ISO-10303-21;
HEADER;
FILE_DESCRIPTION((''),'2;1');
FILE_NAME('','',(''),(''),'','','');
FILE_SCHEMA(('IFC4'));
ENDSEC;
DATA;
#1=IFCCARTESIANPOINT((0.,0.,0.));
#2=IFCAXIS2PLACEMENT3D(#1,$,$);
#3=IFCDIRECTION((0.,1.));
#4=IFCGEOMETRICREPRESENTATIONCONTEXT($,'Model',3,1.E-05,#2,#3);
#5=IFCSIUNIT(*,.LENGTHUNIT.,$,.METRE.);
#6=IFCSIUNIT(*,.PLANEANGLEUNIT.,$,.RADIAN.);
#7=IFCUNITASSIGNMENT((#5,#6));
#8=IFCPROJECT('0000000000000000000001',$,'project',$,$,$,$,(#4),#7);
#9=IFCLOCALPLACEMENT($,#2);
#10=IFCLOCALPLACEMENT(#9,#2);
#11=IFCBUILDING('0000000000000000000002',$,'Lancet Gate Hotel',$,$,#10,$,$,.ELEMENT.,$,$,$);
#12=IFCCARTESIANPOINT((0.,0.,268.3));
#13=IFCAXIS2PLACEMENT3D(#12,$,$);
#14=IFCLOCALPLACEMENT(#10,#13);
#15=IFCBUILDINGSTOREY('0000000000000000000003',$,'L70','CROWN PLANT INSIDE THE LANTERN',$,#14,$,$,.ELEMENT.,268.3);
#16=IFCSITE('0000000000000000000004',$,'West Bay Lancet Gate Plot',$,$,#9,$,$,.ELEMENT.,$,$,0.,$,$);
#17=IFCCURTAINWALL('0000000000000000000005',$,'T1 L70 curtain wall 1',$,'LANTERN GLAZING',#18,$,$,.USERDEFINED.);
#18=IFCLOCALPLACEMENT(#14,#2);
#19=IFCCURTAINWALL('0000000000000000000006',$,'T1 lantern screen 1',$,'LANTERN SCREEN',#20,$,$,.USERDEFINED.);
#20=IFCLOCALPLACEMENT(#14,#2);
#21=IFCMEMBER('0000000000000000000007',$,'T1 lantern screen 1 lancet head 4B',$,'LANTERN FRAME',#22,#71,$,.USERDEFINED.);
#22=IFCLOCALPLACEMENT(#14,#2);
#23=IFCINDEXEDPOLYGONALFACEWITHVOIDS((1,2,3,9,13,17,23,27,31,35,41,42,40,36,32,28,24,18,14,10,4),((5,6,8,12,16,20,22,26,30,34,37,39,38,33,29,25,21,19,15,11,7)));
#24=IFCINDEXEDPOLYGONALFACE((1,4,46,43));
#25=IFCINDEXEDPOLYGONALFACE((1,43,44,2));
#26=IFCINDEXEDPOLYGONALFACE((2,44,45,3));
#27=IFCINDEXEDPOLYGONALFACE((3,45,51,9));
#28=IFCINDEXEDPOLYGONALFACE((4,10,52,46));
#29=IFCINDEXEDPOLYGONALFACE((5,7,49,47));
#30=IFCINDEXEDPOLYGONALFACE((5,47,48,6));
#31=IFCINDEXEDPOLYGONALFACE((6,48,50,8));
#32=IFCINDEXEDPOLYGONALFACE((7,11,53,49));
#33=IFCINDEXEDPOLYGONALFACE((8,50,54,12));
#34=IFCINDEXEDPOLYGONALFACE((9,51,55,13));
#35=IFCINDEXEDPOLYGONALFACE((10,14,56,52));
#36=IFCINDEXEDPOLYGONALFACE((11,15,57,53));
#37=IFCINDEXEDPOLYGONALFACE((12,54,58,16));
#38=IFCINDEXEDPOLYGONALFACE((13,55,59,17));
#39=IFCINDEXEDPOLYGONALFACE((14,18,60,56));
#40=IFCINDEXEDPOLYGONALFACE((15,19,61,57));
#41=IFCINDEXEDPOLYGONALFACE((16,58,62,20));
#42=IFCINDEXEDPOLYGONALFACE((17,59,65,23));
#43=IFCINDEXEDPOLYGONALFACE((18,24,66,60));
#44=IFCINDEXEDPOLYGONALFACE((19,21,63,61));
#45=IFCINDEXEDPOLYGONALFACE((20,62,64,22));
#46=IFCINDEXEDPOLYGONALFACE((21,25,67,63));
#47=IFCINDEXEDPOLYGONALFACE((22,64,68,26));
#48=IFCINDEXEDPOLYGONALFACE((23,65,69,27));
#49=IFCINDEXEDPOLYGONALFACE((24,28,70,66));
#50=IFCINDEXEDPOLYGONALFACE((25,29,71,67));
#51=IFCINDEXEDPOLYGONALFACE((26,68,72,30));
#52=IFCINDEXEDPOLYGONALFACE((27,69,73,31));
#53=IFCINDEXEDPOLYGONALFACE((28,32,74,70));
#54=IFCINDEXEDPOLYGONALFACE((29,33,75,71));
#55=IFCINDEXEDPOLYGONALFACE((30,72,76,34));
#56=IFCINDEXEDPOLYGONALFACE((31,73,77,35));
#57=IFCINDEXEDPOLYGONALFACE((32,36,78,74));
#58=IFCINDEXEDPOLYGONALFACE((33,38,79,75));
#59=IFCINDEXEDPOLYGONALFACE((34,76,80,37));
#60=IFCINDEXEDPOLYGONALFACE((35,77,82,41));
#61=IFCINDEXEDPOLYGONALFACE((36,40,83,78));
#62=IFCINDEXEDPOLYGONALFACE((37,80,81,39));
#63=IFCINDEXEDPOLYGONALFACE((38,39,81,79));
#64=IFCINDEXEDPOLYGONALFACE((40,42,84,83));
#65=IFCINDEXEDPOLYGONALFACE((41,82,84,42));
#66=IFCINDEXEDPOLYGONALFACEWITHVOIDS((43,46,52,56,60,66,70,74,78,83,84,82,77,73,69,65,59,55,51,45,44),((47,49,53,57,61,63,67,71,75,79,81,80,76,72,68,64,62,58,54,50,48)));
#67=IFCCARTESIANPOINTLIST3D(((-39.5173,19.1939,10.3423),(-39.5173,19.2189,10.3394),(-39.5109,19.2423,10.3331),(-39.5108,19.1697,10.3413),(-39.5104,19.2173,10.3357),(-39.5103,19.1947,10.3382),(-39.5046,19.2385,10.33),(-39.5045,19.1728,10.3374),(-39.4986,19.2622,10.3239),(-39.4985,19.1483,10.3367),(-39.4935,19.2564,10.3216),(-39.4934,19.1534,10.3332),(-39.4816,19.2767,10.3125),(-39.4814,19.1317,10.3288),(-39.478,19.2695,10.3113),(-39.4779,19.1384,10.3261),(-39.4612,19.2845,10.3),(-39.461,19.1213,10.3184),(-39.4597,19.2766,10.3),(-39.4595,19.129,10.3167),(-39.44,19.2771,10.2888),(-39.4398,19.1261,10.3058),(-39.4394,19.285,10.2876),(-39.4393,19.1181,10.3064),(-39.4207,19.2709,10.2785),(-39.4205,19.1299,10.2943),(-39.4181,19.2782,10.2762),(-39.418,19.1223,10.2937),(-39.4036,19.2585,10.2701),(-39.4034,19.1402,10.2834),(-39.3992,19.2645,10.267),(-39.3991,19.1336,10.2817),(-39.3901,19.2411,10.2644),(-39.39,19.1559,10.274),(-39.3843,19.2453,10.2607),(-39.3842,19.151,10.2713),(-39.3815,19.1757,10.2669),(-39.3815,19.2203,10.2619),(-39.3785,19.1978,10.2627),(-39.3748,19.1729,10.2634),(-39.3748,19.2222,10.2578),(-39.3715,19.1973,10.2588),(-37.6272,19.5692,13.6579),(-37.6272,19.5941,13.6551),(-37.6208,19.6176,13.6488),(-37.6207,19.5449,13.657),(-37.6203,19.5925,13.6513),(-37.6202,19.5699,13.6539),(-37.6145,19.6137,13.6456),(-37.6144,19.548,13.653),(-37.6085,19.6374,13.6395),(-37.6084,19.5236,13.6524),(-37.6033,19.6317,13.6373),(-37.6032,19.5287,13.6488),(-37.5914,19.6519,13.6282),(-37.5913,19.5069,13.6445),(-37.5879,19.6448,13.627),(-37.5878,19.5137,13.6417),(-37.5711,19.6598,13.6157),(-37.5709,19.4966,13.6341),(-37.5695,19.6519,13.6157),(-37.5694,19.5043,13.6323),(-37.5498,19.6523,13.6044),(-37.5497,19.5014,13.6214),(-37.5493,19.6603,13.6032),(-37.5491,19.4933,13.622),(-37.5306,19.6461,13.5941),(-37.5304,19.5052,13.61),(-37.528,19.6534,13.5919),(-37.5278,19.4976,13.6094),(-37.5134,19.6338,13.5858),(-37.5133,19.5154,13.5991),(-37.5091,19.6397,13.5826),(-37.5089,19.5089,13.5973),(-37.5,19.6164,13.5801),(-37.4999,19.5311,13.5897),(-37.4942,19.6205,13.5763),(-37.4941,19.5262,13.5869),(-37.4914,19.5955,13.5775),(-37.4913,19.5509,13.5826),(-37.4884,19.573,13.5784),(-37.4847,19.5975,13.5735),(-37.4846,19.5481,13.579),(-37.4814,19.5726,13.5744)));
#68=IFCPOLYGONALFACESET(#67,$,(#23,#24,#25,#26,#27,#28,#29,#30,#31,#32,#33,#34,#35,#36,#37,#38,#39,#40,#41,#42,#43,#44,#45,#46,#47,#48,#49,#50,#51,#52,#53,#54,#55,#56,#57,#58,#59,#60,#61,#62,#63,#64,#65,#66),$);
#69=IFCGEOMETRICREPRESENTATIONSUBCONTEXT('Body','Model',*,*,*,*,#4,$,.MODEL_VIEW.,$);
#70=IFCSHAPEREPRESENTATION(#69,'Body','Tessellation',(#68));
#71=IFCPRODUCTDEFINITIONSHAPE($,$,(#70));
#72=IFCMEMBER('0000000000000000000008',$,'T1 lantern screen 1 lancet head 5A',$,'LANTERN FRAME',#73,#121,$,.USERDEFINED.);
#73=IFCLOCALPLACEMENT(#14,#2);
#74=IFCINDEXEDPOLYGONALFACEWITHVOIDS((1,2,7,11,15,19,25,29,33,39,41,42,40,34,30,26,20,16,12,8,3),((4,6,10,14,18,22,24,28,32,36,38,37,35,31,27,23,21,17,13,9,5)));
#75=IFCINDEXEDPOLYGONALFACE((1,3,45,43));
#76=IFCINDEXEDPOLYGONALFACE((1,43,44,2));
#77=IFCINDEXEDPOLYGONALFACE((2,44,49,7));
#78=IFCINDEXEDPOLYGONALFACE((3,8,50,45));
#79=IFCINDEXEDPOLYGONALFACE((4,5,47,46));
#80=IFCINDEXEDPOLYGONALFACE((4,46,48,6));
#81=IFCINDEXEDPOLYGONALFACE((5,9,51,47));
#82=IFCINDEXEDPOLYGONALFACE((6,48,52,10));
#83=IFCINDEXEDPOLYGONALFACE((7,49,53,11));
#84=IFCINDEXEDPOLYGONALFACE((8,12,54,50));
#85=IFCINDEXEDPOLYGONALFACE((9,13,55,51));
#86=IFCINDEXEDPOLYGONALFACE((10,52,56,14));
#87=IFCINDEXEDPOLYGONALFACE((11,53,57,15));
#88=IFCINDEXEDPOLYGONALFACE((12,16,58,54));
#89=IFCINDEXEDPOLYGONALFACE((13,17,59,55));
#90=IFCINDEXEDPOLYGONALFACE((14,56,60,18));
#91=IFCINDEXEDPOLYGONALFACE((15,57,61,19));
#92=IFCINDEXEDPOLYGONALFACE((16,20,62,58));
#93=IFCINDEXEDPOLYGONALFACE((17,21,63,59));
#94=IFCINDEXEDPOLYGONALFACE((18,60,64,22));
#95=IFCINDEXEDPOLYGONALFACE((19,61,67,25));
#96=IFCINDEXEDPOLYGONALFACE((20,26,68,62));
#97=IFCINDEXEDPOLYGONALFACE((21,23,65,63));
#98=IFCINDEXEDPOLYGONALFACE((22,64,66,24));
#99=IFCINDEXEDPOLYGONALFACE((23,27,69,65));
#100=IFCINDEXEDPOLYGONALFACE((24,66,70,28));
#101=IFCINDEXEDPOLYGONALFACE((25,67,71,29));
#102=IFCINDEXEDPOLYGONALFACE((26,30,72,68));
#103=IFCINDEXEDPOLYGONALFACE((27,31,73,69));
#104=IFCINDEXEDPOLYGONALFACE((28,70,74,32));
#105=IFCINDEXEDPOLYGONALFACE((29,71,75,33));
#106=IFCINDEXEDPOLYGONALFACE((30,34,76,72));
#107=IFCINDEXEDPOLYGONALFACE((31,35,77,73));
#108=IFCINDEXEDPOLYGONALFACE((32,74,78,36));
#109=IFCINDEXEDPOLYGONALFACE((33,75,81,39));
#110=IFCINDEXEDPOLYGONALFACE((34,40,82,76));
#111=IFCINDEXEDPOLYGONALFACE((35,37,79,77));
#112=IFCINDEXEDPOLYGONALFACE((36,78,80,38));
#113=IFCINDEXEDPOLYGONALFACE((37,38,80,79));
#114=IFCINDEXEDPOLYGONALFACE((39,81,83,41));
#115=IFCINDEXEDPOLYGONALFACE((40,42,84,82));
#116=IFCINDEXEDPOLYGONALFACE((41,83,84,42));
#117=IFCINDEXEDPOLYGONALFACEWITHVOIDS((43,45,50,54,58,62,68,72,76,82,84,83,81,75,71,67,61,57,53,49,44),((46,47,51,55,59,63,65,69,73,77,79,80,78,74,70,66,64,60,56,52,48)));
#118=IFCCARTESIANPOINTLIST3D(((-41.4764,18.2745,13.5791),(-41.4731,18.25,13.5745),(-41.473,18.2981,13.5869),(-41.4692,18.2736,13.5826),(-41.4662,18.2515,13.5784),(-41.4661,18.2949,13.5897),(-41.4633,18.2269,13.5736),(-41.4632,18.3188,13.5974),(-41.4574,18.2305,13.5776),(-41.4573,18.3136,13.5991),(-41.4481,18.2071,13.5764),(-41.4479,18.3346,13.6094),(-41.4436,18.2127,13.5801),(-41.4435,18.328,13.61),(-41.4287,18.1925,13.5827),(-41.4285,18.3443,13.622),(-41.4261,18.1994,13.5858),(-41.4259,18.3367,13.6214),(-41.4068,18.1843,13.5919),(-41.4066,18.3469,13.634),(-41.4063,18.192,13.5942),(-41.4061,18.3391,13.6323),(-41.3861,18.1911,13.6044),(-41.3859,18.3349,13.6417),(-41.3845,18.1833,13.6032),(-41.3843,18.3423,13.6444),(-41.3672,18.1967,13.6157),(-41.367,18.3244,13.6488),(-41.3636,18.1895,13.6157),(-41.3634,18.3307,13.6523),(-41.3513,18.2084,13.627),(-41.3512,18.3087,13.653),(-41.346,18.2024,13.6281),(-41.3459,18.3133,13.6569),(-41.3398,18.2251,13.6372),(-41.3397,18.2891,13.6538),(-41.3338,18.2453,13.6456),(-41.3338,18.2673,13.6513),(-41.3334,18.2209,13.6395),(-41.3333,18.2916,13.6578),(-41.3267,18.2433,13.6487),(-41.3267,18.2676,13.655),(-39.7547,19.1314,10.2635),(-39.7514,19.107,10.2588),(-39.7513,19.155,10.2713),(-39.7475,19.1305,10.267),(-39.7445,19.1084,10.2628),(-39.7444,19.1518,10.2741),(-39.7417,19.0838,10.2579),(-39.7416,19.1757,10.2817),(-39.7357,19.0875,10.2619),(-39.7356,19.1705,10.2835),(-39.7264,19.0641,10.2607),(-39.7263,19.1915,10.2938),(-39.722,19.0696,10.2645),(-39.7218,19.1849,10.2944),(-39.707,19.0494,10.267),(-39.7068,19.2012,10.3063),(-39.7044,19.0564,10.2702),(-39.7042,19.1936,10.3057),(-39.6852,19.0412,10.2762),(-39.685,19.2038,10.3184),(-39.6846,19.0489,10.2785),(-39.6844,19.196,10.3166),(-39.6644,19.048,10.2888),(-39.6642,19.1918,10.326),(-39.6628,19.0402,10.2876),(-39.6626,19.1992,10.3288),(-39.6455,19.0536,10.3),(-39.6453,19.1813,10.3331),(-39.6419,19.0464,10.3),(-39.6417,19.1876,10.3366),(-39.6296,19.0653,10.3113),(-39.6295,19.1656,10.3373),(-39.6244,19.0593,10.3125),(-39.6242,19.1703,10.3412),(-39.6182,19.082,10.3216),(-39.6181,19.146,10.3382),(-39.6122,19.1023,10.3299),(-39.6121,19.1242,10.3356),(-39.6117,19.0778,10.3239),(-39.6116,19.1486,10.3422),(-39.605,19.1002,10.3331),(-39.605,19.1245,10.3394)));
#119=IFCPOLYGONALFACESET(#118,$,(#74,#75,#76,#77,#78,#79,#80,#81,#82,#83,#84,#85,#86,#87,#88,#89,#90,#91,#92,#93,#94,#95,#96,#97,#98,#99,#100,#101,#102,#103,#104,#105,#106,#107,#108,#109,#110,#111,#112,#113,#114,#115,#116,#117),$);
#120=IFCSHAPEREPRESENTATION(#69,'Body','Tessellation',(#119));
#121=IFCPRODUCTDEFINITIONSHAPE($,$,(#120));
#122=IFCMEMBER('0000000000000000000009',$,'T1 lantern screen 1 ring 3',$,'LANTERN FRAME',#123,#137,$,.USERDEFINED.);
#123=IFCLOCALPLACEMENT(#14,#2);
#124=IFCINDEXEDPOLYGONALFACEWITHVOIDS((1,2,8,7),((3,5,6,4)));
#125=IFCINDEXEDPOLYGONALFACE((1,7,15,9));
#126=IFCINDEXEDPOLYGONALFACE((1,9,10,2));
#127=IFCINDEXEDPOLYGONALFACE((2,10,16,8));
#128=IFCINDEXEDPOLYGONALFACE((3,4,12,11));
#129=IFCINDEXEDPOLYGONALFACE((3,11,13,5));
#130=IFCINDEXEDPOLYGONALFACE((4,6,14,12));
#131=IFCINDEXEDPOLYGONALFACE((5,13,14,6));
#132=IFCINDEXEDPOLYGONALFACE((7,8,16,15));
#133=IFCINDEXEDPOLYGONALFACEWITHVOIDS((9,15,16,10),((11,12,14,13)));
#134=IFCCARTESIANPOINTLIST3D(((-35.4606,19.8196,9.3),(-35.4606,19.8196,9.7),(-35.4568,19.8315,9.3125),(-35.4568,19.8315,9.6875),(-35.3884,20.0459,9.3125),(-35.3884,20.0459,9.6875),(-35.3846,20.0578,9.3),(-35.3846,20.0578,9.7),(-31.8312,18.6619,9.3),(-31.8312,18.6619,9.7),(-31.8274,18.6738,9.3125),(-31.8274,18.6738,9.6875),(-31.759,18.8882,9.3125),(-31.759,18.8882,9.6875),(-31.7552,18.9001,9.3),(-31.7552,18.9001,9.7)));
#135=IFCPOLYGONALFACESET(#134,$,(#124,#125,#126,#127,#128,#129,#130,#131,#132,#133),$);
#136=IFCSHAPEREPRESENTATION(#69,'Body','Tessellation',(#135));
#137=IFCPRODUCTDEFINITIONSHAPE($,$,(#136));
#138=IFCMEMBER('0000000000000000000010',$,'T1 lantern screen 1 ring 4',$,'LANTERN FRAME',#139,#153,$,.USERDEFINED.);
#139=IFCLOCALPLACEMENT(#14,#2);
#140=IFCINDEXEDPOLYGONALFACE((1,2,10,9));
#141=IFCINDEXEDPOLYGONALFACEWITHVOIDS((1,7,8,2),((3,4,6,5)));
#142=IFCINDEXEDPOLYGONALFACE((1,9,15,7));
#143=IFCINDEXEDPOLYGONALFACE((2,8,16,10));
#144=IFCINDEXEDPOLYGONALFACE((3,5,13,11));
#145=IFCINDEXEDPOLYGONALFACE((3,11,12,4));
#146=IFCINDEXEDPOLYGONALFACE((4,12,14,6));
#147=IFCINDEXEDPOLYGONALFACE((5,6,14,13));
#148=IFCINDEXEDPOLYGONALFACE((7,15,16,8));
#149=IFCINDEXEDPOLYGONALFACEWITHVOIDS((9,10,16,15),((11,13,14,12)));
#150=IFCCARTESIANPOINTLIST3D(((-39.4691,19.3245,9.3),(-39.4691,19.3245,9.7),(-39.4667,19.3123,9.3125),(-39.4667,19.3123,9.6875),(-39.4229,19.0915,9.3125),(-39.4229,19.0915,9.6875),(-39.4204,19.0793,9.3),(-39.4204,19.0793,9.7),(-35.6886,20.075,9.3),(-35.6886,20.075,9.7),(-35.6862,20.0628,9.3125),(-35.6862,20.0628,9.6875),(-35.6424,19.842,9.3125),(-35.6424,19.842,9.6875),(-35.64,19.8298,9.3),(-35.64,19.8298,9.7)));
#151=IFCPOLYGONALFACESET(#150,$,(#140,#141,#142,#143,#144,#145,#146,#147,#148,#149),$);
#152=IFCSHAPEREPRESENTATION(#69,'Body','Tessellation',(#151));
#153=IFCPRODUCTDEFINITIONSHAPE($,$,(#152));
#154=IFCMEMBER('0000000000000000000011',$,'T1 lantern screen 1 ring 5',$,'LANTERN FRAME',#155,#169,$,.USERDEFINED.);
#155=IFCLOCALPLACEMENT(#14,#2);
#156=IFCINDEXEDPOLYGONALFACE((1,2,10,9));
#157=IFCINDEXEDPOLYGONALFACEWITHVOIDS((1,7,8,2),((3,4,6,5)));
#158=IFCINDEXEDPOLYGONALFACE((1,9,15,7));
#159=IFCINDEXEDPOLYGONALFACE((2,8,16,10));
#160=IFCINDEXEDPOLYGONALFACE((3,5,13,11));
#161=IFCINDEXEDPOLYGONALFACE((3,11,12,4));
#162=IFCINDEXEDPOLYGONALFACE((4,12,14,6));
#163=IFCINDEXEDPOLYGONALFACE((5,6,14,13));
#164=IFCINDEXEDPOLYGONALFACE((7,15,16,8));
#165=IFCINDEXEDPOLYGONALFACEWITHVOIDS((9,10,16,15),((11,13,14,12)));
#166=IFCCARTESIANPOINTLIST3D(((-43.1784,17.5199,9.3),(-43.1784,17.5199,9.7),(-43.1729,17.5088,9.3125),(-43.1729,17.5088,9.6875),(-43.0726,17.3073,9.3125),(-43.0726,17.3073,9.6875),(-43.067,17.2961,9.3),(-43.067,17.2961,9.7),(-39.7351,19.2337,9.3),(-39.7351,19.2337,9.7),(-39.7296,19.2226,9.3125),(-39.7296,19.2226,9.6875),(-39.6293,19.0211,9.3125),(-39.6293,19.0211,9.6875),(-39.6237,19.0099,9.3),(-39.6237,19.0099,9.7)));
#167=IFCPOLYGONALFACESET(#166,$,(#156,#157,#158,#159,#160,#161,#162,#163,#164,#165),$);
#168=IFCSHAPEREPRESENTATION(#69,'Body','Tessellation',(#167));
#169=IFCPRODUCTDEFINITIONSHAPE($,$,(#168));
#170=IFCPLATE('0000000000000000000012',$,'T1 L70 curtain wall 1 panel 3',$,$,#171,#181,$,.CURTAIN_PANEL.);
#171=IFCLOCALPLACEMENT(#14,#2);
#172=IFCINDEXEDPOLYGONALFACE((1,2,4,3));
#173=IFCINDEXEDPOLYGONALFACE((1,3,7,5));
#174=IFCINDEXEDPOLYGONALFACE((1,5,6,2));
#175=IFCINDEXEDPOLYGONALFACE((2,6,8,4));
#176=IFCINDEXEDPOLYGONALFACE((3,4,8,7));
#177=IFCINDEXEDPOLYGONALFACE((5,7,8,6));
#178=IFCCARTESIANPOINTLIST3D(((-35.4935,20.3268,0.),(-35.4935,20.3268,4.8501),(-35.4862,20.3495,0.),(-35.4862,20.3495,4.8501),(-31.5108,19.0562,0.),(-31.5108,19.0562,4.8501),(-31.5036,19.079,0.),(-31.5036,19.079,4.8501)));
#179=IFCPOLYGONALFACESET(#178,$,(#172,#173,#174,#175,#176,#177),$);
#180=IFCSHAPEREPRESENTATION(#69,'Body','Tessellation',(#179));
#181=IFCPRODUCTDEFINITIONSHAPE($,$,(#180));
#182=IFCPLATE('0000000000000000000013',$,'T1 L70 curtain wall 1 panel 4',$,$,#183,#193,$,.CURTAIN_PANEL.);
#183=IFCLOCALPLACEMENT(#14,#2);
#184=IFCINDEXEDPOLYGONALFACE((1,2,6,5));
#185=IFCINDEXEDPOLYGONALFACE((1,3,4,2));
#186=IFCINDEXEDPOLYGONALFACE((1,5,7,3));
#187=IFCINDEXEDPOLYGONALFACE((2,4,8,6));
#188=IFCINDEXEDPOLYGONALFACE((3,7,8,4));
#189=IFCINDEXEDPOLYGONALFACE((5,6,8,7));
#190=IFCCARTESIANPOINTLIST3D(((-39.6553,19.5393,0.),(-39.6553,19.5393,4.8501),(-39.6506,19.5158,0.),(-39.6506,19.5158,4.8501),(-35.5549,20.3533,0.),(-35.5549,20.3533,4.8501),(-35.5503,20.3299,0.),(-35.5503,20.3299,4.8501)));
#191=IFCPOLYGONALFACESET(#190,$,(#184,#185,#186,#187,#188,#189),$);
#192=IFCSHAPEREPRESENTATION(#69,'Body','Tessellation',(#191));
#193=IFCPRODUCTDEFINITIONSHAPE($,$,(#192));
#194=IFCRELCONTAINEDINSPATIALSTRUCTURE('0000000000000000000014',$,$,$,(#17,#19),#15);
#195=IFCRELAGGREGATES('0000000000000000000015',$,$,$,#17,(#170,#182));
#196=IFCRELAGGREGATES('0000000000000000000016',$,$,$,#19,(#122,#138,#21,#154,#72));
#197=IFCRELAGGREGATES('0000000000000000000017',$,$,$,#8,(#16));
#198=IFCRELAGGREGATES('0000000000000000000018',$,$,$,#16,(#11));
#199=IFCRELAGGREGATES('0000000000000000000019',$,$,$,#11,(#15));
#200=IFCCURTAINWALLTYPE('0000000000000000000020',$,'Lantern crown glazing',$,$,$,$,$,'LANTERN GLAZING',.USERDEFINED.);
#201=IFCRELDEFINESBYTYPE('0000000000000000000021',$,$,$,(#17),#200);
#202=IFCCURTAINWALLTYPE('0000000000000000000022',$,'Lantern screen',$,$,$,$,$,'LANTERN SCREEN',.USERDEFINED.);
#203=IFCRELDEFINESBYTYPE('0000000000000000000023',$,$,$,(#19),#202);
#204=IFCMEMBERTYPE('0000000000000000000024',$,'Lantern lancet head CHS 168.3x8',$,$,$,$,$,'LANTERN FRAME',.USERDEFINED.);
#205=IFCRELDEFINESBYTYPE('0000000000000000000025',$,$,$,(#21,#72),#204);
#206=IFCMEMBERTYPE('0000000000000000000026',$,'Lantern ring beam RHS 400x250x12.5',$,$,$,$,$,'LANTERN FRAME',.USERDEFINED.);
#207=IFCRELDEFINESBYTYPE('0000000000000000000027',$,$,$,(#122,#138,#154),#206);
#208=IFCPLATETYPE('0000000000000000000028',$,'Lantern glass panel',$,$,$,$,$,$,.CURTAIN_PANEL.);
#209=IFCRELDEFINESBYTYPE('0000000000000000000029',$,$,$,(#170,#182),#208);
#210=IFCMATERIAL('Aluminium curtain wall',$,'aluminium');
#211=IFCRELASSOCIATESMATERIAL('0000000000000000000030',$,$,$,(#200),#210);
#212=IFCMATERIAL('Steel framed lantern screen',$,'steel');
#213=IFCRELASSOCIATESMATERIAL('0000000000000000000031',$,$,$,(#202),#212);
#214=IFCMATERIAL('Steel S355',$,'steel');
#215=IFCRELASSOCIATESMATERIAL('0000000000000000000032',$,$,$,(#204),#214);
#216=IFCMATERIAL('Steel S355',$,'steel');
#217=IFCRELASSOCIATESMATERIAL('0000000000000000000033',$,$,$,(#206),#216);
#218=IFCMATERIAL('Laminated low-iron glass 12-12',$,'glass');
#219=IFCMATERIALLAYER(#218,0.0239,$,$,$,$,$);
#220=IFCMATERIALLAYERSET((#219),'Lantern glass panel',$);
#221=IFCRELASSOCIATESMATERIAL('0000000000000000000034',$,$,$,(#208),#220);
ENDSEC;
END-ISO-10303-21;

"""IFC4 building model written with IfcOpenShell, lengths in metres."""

from ifc_helpers import new_model, si_unit, direction, frame, origin, origin_2d, place, context, subcontext, project, spatial, rectangle, hollow_rectangle, hollow_circle, extrude, material, layer, layer_set, material_profile, profile_set, type_object, element, aggregate, save


model = new_model("IFC4")

# Units and contexts
model_context = context("Model", 3, precision=1e-05, world=origin(), true_north=direction((0.0, 1.0)))
body_context = subcontext(model_context, "Body", "Model", "MODEL_VIEW")
ifc_project = project(units=[si_unit("LENGTHUNIT", "METRE"), si_unit("PLANEANGLEUNIT", "RADIAN")], contexts=[model_context])

# Site, building, storey
site_placement = place(None, origin())
site = spatial("IfcSite", under=ifc_project, at=site_placement, Name="West Bay Lancet Gate Plot", CompositionType="ELEMENT", RefElevation=0.0)
building_placement = place(site_placement, origin())
building = spatial("IfcBuilding", under=site, at=building_placement, Name="Lancet Gate Hotel", CompositionType="ELEMENT")
storey_placement = place(building_placement, frame((0.0, 0.0, 268.3)))
storey = spatial("IfcBuildingStorey", under=building, at=storey_placement, Name="L70", Description="CROWN PLANT INSIDE THE LANTERN", CompositionType="ELEMENT", Elevation=268.3)

# Curtain wall
ifc_material_1 = material(Name="Aluminium curtain wall", Category="aluminium")
curtain_wall_type_1 = type_object("IfcCurtainWallType", Name="Lantern crown glazing", ElementType="LANTERN GLAZING", PredefinedType="USERDEFINED", material=ifc_material_1)
curtain_wall_1_placement = place(storey_placement, origin())
curtain_wall_1 = element("IfcCurtainWall", 1, at=curtain_wall_1_placement, inside=storey, type_object=curtain_wall_type_1, Name="T1 L70 curtain wall 1", ObjectType="LANTERN GLAZING", PredefinedType="USERDEFINED")

# Curtain wall, members
ifc_material_2 = material(Name="Steel framed lantern screen", Category="steel")
curtain_wall_type_2 = type_object("IfcCurtainWallType", Name="Lantern screen", ElementType="LANTERN SCREEN", PredefinedType="USERDEFINED", material=ifc_material_2)
curtain_wall_2_placement = place(storey_placement, origin())
curtain_wall_2 = element("IfcCurtainWall", 2, at=curtain_wall_2_placement, inside=storey, type_object=curtain_wall_type_2, Name="T1 lantern screen 1", ObjectType="LANTERN SCREEN", PredefinedType="USERDEFINED")
ifc_material_3 = material(Name="Steel S355", Category="steel")
ifc_material_profile_1 = material_profile(ifc_material_3, hollow_circle(Radius=0.0842, WallThickness=0.0081, at=origin_2d()), Name="CHS 168.3x8.0")
ifc_profile_set_1 = profile_set([ifc_material_profile_1], Name="Steel S355")
member_type_1 = type_object("IfcMemberType", Name="Lantern lancet head CHS 168.3x8", ElementType="LANTERN FRAME", PredefinedType="USERDEFINED", material=ifc_profile_set_1)
member_1_placement = place(storey_placement, frame((-39.4448, 19.2019, 10.3), z_axis=(0.492867, 0.097848, 0.864586), x_axis=(-0.194727, 0.980857, 0.0)))
member_1 = element("IfcMember", 3, at=member_1_placement, type_object=member_type_1, Name="T1 lantern screen 1 lancet head 4B", ObjectType="LANTERN FRAME", PredefinedType="USERDEFINED", context=body_context, shape_type="SweptSolid", body=[
    extrude(hollow_circle(Radius=0.0842, WallThickness=0.0081, at=origin_2d()), origin(), (0.0, 0.0, 1.0), 3.835),
])
member_2_placement = place(storey_placement, frame((-39.6794, 19.1218, 10.3), z_axis=(-0.449168, -0.223565, 0.865024), x_axis=(0.445588, -0.895238, 0.0)))
member_2 = element("IfcMember", 4, at=member_2_placement, type_object=member_type_1, Name="T1 lantern screen 1 lancet head 5A", ObjectType="LANTERN FRAME", PredefinedType="USERDEFINED", context=body_context, shape_type="SweptSolid", body=[
    extrude(hollow_circle(Radius=0.0842, WallThickness=0.0081, at=origin_2d()), origin(), (0.0, 0.0, 1.0), 3.833),
])
ifc_material_4 = material(Name="Steel S355", Category="steel")
ifc_material_profile_2 = material_profile(ifc_material_4, hollow_rectangle(XDim=0.25, YDim=0.3999, WallThickness=0.0125, at=origin_2d()), Name="RHS 400x250x12.5")
ifc_profile_set_2 = profile_set([ifc_material_profile_2], Name="Steel S355")
member_type_2 = type_object("IfcMemberType", Name="Lantern ring beam RHS 400x250x12.5", ElementType="LANTERN FRAME", PredefinedType="USERDEFINED", material=ifc_profile_set_2)
member_3_placement = place(storey_placement, frame((-31.7932, 18.781, 9.5), z_axis=(-0.952705, 0.303897, 0.0), x_axis=(-0.303897, -0.952705, 0.0)))
member_3 = element("IfcMember", 5, at=member_3_placement, type_object=member_type_2, Name="T1 lantern screen 1 ring 3", ObjectType="LANTERN FRAME", PredefinedType="USERDEFINED", context=body_context, shape_type="SweptSolid", body=[
    extrude(hollow_rectangle(XDim=0.25, YDim=0.3999, WallThickness=0.0125, at=origin_2d()), origin(), (0.0, 0.0, 1.0), 3.8096),
])
member_4_placement = place(storey_placement, frame((-35.6643, 19.9524, 9.5), z_axis=(-0.98086, -0.194715, 0.0), x_axis=(0.194715, -0.98086, 0.0)))
member_4 = element("IfcMember", 6, at=member_4_placement, type_object=member_type_2, Name="T1 lantern screen 1 ring 4", ObjectType="LANTERN FRAME", PredefinedType="USERDEFINED", context=body_context, shape_type="SweptSolid", body=[
    extrude(hollow_rectangle(XDim=0.25, YDim=0.3999, WallThickness=0.0125, at=origin_2d()), origin(), (0.0, 0.0, 1.0), 3.8542),
])
member_5_placement = place(storey_placement, frame((-39.6794, 19.1218, 9.5), z_axis=(-0.895238, -0.445588, 0.0), x_axis=(0.445588, -0.895238, 0.0)))
member_5 = element("IfcMember", 7, at=member_5_placement, type_object=member_type_2, Name="T1 lantern screen 1 ring 5", ObjectType="LANTERN FRAME", PredefinedType="USERDEFINED", context=body_context, shape_type="SweptSolid", body=[
    extrude(hollow_rectangle(XDim=0.25, YDim=0.3999, WallThickness=0.0125, at=origin_2d()), origin(), (0.0, 0.0, 1.0), 3.8462),
])

# Plates
ifc_material_5 = material(Name="Laminated low-iron glass 12-12", Category="glass")
ifc_layer_1 = layer(ifc_material_5, 0.0239)
ifc_layer_set_1 = layer_set([ifc_layer_1], Name="Lantern glass panel")
plate_type_1 = type_object("IfcPlateType", Name="Lantern glass panel", PredefinedType="CURTAIN_PANEL", material=ifc_layer_set_1)
plate_1_placement = place(storey_placement, frame((-33.4985, 19.7029, 0.0), z_axis=(0.0, 0.0, 1.0), x_axis=(-0.952696, 0.303926, 0.0)))
plate_1 = element("IfcPlate", 8, at=plate_1_placement, type_object=plate_type_1, Name="T1 L70 curtain wall 1 panel 3", PredefinedType="CURTAIN_PANEL", context=body_context, shape_type="SweptSolid", body=[
    extrude(rectangle(XDim=4.1804, YDim=0.0239, at=origin_2d()), origin(), (0.0, 0.0, 1.0), 4.8501),
])
plate_2_placement = place(storey_placement, frame((-37.6028, 19.9346, 0.0), z_axis=(0.0, 0.0, 1.0), x_axis=(-0.980857, -0.194731, 0.0)))
plate_2 = element("IfcPlate", 9, at=plate_2_placement, type_object=plate_type_1, Name="T1 L70 curtain wall 1 panel 4", PredefinedType="CURTAIN_PANEL", context=body_context, shape_type="SweptSolid", body=[
    extrude(rectangle(XDim=4.1804, YDim=0.0239, at=origin_2d()), origin(), (0.0, 0.0, 1.0), 4.8501),
])
aggregate(curtain_wall_1, [plate_1, plate_2])
aggregate(curtain_wall_2, [member_3, member_4, member_1, member_5, member_2])

save(model, "model.ifc")
